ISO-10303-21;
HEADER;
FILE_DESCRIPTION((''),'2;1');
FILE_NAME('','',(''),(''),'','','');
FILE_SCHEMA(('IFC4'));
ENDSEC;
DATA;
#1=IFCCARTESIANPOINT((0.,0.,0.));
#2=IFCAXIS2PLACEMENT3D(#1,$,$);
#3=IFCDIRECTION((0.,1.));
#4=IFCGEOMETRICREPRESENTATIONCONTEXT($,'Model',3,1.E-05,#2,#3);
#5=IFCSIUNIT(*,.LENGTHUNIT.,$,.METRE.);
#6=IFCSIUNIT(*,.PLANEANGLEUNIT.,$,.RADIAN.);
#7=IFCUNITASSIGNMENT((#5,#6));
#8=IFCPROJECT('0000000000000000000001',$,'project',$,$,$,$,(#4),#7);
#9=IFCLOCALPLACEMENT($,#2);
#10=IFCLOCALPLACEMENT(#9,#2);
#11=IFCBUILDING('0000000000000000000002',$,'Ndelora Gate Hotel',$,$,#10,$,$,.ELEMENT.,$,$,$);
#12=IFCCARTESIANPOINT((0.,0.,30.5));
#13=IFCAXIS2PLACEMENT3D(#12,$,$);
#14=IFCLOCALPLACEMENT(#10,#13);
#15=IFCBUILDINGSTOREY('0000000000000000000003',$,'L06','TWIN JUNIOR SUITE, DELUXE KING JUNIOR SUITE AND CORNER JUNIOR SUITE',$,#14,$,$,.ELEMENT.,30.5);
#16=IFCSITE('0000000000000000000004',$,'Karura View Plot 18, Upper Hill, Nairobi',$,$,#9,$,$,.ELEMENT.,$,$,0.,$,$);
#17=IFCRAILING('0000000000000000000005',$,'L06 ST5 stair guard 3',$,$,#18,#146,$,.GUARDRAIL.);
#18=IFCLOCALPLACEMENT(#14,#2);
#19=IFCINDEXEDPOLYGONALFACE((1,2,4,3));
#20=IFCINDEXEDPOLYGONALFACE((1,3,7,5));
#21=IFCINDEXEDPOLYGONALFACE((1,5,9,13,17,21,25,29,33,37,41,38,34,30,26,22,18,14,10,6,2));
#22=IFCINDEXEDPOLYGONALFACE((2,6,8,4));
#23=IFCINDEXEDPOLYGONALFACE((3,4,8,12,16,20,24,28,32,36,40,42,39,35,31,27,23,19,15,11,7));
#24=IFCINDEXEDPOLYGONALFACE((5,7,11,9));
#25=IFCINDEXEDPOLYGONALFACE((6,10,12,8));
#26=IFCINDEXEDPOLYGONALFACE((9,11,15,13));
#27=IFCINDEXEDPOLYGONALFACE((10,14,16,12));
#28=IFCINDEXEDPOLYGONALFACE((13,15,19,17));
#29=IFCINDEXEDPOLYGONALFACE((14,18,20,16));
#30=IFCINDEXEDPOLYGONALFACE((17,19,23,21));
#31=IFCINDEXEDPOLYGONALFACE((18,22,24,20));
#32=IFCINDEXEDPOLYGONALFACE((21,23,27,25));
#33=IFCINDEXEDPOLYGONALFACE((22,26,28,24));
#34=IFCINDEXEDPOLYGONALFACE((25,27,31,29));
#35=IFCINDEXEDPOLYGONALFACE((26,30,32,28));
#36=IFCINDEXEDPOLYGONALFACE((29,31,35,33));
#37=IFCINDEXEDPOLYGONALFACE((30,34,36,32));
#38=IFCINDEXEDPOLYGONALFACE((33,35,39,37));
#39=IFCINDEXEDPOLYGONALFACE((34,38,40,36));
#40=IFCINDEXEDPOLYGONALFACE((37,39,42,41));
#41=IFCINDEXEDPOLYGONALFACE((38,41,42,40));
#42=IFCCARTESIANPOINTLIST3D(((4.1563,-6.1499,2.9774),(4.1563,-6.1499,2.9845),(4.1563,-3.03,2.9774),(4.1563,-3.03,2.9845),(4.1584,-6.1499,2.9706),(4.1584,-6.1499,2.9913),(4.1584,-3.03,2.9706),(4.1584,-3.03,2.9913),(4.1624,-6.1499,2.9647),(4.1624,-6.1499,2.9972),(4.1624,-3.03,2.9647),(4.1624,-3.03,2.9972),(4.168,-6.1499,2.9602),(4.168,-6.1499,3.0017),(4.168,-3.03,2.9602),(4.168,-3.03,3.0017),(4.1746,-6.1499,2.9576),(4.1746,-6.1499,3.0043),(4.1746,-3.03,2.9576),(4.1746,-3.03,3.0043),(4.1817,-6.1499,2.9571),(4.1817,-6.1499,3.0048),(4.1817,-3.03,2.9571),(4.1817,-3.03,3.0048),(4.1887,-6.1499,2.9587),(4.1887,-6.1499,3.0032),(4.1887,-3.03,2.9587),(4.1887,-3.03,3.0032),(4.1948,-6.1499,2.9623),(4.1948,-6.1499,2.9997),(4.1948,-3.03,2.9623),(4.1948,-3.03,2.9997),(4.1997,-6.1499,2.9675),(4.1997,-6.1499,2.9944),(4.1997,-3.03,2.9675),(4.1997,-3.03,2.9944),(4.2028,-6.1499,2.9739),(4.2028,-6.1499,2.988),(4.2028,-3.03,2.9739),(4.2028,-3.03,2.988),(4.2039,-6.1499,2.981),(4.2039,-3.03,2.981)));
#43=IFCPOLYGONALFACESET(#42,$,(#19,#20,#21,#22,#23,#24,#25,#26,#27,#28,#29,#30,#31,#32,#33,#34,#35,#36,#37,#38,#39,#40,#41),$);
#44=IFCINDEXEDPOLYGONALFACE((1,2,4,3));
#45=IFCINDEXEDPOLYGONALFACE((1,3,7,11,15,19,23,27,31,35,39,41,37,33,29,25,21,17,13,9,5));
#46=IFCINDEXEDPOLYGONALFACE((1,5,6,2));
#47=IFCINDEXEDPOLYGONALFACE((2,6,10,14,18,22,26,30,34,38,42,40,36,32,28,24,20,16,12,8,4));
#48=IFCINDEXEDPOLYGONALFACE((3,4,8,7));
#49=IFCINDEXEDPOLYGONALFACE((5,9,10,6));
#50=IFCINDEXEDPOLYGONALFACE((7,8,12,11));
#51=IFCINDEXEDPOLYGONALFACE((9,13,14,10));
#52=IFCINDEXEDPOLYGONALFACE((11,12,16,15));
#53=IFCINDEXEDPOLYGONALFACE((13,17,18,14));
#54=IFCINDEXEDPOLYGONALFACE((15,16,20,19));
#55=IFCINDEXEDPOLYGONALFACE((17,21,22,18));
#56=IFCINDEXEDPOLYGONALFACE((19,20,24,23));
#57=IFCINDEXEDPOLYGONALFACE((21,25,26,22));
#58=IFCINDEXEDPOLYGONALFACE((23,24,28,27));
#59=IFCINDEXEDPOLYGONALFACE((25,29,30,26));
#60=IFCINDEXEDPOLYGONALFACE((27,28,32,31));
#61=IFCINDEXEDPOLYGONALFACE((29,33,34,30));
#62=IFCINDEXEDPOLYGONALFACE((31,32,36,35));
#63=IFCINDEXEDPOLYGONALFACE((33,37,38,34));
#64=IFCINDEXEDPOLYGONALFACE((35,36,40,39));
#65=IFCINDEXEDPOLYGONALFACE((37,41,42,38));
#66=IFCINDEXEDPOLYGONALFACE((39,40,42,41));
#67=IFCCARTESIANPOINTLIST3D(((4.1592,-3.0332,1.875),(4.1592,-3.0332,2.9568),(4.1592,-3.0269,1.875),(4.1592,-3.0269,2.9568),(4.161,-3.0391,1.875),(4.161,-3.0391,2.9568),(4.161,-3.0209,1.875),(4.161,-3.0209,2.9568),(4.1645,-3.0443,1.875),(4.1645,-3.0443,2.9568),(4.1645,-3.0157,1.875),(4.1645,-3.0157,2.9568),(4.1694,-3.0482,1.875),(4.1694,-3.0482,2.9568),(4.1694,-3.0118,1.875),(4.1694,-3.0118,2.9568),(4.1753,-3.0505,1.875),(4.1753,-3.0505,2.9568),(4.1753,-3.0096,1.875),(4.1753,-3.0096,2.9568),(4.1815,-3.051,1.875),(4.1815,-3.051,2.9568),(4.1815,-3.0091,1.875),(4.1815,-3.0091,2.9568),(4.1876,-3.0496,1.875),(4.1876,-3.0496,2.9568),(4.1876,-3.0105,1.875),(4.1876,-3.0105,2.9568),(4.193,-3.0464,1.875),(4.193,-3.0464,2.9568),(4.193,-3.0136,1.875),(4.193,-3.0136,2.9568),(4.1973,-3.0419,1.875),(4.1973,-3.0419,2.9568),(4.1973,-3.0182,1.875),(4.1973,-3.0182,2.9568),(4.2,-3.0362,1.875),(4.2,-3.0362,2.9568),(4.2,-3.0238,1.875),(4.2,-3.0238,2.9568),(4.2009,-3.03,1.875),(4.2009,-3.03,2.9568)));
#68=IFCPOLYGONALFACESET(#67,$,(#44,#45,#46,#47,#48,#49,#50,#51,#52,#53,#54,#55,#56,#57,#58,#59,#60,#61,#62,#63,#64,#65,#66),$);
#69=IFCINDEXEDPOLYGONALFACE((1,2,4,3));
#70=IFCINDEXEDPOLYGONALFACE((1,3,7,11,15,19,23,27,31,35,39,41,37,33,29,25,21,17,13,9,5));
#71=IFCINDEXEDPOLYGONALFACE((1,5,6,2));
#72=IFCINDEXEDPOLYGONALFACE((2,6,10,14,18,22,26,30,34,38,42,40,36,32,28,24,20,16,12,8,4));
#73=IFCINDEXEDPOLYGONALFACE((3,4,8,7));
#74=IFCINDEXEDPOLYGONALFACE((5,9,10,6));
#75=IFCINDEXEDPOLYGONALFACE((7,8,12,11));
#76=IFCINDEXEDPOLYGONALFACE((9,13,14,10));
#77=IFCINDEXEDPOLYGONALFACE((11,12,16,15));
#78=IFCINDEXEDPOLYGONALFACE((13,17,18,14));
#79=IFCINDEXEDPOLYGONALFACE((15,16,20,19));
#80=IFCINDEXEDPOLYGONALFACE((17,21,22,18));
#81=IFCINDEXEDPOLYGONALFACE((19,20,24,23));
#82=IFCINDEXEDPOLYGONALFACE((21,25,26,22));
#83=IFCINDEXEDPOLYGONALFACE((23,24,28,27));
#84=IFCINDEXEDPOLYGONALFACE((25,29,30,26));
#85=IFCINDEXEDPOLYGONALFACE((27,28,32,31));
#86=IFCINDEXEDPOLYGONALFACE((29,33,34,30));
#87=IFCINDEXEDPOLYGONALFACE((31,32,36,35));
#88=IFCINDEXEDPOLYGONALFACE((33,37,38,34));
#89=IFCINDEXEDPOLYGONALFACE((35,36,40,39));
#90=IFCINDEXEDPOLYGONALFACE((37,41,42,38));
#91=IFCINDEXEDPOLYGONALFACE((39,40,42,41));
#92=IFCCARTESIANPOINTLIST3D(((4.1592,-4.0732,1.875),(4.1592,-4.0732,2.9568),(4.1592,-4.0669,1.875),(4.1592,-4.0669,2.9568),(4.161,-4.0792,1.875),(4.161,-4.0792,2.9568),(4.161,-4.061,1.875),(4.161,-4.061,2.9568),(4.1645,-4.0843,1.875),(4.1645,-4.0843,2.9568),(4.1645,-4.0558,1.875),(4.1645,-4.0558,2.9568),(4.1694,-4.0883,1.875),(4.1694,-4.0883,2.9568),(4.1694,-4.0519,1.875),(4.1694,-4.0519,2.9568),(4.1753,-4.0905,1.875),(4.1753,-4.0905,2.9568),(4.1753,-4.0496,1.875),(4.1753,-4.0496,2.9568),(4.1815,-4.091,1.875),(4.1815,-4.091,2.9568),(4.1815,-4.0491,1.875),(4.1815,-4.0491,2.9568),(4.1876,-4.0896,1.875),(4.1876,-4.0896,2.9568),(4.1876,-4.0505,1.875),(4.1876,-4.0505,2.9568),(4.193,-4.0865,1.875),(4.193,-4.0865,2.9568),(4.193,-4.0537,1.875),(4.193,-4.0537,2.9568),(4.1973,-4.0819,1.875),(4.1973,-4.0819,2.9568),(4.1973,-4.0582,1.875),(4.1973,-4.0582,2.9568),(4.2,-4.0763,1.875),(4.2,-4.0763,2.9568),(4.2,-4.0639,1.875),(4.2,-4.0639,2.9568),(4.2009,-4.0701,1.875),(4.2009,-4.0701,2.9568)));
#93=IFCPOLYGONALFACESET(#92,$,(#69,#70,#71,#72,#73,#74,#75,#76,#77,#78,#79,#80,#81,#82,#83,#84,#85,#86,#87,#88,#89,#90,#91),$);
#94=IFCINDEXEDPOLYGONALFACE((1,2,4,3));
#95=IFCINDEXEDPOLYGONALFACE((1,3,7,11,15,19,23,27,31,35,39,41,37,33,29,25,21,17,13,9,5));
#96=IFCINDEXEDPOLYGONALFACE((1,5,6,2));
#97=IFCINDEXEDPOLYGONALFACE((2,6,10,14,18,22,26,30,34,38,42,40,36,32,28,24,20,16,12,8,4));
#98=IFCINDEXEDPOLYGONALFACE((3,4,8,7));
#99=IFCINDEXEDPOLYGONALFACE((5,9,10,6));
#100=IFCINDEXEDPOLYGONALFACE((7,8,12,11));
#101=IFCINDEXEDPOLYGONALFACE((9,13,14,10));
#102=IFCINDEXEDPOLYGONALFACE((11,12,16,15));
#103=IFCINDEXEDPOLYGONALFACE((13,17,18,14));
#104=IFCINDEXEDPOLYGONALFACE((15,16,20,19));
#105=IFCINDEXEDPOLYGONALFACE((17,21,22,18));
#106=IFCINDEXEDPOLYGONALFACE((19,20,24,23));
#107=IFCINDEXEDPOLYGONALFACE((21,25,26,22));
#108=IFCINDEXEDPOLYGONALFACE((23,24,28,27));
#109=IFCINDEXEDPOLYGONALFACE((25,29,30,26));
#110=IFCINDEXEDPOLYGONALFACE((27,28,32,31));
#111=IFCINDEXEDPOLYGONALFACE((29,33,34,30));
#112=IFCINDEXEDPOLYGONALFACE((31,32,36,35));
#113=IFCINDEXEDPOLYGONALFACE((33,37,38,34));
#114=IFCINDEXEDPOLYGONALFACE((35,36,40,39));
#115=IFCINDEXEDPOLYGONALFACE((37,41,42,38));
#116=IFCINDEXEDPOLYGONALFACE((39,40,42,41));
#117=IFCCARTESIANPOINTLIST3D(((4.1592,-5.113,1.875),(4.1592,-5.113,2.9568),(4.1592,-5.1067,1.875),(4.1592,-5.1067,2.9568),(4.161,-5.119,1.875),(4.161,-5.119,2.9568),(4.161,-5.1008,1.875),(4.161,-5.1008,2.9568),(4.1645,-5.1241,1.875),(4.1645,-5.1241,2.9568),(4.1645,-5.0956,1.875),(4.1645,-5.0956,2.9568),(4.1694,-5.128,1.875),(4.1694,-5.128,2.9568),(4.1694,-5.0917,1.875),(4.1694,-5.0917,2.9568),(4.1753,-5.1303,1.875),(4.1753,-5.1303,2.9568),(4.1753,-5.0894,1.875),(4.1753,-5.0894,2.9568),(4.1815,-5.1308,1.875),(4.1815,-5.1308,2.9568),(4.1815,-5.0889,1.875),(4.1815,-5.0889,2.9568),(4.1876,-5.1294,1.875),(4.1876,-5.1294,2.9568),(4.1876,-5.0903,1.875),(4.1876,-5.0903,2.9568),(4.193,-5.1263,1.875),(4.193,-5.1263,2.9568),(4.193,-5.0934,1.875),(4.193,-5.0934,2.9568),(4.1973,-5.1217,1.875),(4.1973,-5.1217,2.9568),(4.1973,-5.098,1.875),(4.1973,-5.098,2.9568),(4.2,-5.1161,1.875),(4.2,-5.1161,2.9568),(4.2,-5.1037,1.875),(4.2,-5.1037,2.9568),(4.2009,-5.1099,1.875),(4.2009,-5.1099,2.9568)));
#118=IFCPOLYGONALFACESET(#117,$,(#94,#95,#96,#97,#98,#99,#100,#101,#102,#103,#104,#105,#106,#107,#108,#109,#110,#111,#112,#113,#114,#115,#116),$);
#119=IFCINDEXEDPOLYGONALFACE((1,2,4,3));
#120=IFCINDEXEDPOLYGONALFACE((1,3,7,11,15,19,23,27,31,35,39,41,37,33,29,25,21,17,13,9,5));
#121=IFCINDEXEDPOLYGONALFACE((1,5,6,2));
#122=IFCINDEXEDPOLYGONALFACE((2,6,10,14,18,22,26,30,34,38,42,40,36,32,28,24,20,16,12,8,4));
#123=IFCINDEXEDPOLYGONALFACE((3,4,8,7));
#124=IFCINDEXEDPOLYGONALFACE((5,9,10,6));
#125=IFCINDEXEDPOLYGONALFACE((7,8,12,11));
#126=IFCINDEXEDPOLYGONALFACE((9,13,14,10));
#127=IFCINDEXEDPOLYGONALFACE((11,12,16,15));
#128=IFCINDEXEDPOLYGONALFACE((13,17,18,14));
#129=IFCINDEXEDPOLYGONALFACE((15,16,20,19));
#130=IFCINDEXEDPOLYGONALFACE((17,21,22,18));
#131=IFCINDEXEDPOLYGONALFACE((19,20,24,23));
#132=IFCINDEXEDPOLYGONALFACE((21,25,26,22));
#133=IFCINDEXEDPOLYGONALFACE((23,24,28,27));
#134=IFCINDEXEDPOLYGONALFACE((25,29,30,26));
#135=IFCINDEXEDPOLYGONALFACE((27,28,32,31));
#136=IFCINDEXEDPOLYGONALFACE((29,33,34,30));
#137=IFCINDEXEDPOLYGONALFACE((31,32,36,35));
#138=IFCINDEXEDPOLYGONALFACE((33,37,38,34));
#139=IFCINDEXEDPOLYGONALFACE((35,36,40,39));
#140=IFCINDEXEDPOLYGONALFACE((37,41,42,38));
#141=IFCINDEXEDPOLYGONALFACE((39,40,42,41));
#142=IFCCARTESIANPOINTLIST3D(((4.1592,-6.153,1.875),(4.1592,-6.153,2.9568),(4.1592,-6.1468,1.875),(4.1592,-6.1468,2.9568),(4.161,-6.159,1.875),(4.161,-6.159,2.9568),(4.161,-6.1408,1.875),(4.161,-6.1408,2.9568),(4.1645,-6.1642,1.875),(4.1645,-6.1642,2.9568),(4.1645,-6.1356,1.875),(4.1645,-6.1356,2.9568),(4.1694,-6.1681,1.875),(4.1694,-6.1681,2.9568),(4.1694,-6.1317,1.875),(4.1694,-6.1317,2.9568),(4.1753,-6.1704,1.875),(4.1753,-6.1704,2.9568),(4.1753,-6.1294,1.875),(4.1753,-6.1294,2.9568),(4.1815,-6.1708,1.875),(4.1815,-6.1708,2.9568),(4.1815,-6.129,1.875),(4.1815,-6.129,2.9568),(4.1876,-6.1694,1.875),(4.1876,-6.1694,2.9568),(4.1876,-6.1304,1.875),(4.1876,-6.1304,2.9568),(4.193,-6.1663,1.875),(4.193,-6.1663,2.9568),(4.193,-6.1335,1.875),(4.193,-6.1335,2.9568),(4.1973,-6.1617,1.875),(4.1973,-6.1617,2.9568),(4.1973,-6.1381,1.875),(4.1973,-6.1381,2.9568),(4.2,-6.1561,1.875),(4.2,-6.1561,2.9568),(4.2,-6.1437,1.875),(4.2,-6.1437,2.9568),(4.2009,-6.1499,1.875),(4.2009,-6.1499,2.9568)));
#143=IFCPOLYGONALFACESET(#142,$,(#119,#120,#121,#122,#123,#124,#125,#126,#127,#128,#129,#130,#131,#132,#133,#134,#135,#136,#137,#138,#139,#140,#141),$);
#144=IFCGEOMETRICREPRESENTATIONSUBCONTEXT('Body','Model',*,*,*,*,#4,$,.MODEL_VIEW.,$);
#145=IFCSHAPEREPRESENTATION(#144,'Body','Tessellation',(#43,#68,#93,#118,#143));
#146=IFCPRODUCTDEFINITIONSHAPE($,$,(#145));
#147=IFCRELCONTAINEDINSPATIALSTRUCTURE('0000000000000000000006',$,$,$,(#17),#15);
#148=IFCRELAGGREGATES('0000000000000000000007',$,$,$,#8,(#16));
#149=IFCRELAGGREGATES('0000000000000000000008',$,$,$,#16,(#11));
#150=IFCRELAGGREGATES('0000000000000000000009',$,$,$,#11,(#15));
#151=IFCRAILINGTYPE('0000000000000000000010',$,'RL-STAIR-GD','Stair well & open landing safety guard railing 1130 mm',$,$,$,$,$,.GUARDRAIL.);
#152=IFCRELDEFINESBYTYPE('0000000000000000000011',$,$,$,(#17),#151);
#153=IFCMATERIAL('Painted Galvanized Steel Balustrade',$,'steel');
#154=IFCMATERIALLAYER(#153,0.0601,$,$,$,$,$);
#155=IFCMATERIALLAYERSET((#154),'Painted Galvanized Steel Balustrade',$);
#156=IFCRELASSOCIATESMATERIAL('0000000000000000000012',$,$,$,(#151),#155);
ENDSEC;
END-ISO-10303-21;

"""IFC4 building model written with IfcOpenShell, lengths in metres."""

from ifc_helpers import new_model, si_unit, direction, frame, origin, origin_2d, place, context, subcontext, project, spatial, circle, extrude, material, layer, layer_set, type_object, element, save


model = new_model("IFC4")

# Units and contexts
model_context = context("Model", 3, precision=1e-05, world=origin(), true_north=direction((0.0, 1.0)))
body_context = subcontext(model_context, "Body", "Model", "MODEL_VIEW")
ifc_project = project(units=[si_unit("LENGTHUNIT", "METRE"), si_unit("PLANEANGLEUNIT", "RADIAN")], contexts=[model_context])

# Site, building, storey
site_placement = place(None, origin())
site = spatial("IfcSite", under=ifc_project, at=site_placement, Name="Karura View Plot 18, Upper Hill, Nairobi", CompositionType="ELEMENT", RefElevation=0.0)
building_placement = place(site_placement, origin())
building = spatial("IfcBuilding", under=site, at=building_placement, Name="Ndelora Gate Hotel", CompositionType="ELEMENT")
storey_placement = place(building_placement, frame((0.0, 0.0, 30.5)))
storey = spatial("IfcBuildingStorey", under=building, at=storey_placement, Name="L06", Description="TWIN JUNIOR SUITE, DELUXE KING JUNIOR SUITE AND CORNER JUNIOR SUITE", CompositionType="ELEMENT", Elevation=30.5)

# Railing
ifc_material_1 = material(Name="Painted Galvanized Steel Balustrade", Category="steel")
ifc_layer_1 = layer(ifc_material_1, 0.0601)
ifc_layer_set_1 = layer_set([ifc_layer_1], Name="Painted Galvanized Steel Balustrade")
railing_type_1 = type_object("IfcRailingType", Name="RL-STAIR-GD", Description="Stair well & open landing safety guard railing 1130 mm", PredefinedType="GUARDRAIL", material=ifc_layer_set_1)
for number, where, name in (
    (1, (4.1799, -3.03, 1.875), "L06 ST5 stair guard 3"),
):
    element("IfcRailing", number, at=place(storey_placement, frame(where)), inside=storey, type_object=railing_type_1, Name=name, PredefinedType="GUARDRAIL", context=body_context, shape_type="SweptSolid", body=[
        extrude(circle(Radius=0.0239, at=origin_2d()), frame((0.0, 0.0, 1.106), z_axis=(0.0, -1.0, 0.0), x_axis=(1.0, 0.0, 0.0)), (0.0, 0.0, 1.0), 3.1199),
        extrude(circle(Radius=0.021, at=origin_2d()), origin(), (0.0, 0.0, 1.0), 1.0818),
        extrude(circle(Radius=0.021, at=origin_2d()), frame((0.0, -1.04, 0.0)), (0.0, 0.0, 1.0), 1.0818),
        extrude(circle(Radius=0.021, at=origin_2d()), frame((0.0, -2.0798, 0.0)), (0.0, 0.0, 1.0), 1.0818),
        extrude(circle(Radius=0.021, at=origin_2d()), frame((0.0, -3.1199, 0.0)), (0.0, 0.0, 1.0), 1.0818),
    ])

save(model, "model.ifc")
